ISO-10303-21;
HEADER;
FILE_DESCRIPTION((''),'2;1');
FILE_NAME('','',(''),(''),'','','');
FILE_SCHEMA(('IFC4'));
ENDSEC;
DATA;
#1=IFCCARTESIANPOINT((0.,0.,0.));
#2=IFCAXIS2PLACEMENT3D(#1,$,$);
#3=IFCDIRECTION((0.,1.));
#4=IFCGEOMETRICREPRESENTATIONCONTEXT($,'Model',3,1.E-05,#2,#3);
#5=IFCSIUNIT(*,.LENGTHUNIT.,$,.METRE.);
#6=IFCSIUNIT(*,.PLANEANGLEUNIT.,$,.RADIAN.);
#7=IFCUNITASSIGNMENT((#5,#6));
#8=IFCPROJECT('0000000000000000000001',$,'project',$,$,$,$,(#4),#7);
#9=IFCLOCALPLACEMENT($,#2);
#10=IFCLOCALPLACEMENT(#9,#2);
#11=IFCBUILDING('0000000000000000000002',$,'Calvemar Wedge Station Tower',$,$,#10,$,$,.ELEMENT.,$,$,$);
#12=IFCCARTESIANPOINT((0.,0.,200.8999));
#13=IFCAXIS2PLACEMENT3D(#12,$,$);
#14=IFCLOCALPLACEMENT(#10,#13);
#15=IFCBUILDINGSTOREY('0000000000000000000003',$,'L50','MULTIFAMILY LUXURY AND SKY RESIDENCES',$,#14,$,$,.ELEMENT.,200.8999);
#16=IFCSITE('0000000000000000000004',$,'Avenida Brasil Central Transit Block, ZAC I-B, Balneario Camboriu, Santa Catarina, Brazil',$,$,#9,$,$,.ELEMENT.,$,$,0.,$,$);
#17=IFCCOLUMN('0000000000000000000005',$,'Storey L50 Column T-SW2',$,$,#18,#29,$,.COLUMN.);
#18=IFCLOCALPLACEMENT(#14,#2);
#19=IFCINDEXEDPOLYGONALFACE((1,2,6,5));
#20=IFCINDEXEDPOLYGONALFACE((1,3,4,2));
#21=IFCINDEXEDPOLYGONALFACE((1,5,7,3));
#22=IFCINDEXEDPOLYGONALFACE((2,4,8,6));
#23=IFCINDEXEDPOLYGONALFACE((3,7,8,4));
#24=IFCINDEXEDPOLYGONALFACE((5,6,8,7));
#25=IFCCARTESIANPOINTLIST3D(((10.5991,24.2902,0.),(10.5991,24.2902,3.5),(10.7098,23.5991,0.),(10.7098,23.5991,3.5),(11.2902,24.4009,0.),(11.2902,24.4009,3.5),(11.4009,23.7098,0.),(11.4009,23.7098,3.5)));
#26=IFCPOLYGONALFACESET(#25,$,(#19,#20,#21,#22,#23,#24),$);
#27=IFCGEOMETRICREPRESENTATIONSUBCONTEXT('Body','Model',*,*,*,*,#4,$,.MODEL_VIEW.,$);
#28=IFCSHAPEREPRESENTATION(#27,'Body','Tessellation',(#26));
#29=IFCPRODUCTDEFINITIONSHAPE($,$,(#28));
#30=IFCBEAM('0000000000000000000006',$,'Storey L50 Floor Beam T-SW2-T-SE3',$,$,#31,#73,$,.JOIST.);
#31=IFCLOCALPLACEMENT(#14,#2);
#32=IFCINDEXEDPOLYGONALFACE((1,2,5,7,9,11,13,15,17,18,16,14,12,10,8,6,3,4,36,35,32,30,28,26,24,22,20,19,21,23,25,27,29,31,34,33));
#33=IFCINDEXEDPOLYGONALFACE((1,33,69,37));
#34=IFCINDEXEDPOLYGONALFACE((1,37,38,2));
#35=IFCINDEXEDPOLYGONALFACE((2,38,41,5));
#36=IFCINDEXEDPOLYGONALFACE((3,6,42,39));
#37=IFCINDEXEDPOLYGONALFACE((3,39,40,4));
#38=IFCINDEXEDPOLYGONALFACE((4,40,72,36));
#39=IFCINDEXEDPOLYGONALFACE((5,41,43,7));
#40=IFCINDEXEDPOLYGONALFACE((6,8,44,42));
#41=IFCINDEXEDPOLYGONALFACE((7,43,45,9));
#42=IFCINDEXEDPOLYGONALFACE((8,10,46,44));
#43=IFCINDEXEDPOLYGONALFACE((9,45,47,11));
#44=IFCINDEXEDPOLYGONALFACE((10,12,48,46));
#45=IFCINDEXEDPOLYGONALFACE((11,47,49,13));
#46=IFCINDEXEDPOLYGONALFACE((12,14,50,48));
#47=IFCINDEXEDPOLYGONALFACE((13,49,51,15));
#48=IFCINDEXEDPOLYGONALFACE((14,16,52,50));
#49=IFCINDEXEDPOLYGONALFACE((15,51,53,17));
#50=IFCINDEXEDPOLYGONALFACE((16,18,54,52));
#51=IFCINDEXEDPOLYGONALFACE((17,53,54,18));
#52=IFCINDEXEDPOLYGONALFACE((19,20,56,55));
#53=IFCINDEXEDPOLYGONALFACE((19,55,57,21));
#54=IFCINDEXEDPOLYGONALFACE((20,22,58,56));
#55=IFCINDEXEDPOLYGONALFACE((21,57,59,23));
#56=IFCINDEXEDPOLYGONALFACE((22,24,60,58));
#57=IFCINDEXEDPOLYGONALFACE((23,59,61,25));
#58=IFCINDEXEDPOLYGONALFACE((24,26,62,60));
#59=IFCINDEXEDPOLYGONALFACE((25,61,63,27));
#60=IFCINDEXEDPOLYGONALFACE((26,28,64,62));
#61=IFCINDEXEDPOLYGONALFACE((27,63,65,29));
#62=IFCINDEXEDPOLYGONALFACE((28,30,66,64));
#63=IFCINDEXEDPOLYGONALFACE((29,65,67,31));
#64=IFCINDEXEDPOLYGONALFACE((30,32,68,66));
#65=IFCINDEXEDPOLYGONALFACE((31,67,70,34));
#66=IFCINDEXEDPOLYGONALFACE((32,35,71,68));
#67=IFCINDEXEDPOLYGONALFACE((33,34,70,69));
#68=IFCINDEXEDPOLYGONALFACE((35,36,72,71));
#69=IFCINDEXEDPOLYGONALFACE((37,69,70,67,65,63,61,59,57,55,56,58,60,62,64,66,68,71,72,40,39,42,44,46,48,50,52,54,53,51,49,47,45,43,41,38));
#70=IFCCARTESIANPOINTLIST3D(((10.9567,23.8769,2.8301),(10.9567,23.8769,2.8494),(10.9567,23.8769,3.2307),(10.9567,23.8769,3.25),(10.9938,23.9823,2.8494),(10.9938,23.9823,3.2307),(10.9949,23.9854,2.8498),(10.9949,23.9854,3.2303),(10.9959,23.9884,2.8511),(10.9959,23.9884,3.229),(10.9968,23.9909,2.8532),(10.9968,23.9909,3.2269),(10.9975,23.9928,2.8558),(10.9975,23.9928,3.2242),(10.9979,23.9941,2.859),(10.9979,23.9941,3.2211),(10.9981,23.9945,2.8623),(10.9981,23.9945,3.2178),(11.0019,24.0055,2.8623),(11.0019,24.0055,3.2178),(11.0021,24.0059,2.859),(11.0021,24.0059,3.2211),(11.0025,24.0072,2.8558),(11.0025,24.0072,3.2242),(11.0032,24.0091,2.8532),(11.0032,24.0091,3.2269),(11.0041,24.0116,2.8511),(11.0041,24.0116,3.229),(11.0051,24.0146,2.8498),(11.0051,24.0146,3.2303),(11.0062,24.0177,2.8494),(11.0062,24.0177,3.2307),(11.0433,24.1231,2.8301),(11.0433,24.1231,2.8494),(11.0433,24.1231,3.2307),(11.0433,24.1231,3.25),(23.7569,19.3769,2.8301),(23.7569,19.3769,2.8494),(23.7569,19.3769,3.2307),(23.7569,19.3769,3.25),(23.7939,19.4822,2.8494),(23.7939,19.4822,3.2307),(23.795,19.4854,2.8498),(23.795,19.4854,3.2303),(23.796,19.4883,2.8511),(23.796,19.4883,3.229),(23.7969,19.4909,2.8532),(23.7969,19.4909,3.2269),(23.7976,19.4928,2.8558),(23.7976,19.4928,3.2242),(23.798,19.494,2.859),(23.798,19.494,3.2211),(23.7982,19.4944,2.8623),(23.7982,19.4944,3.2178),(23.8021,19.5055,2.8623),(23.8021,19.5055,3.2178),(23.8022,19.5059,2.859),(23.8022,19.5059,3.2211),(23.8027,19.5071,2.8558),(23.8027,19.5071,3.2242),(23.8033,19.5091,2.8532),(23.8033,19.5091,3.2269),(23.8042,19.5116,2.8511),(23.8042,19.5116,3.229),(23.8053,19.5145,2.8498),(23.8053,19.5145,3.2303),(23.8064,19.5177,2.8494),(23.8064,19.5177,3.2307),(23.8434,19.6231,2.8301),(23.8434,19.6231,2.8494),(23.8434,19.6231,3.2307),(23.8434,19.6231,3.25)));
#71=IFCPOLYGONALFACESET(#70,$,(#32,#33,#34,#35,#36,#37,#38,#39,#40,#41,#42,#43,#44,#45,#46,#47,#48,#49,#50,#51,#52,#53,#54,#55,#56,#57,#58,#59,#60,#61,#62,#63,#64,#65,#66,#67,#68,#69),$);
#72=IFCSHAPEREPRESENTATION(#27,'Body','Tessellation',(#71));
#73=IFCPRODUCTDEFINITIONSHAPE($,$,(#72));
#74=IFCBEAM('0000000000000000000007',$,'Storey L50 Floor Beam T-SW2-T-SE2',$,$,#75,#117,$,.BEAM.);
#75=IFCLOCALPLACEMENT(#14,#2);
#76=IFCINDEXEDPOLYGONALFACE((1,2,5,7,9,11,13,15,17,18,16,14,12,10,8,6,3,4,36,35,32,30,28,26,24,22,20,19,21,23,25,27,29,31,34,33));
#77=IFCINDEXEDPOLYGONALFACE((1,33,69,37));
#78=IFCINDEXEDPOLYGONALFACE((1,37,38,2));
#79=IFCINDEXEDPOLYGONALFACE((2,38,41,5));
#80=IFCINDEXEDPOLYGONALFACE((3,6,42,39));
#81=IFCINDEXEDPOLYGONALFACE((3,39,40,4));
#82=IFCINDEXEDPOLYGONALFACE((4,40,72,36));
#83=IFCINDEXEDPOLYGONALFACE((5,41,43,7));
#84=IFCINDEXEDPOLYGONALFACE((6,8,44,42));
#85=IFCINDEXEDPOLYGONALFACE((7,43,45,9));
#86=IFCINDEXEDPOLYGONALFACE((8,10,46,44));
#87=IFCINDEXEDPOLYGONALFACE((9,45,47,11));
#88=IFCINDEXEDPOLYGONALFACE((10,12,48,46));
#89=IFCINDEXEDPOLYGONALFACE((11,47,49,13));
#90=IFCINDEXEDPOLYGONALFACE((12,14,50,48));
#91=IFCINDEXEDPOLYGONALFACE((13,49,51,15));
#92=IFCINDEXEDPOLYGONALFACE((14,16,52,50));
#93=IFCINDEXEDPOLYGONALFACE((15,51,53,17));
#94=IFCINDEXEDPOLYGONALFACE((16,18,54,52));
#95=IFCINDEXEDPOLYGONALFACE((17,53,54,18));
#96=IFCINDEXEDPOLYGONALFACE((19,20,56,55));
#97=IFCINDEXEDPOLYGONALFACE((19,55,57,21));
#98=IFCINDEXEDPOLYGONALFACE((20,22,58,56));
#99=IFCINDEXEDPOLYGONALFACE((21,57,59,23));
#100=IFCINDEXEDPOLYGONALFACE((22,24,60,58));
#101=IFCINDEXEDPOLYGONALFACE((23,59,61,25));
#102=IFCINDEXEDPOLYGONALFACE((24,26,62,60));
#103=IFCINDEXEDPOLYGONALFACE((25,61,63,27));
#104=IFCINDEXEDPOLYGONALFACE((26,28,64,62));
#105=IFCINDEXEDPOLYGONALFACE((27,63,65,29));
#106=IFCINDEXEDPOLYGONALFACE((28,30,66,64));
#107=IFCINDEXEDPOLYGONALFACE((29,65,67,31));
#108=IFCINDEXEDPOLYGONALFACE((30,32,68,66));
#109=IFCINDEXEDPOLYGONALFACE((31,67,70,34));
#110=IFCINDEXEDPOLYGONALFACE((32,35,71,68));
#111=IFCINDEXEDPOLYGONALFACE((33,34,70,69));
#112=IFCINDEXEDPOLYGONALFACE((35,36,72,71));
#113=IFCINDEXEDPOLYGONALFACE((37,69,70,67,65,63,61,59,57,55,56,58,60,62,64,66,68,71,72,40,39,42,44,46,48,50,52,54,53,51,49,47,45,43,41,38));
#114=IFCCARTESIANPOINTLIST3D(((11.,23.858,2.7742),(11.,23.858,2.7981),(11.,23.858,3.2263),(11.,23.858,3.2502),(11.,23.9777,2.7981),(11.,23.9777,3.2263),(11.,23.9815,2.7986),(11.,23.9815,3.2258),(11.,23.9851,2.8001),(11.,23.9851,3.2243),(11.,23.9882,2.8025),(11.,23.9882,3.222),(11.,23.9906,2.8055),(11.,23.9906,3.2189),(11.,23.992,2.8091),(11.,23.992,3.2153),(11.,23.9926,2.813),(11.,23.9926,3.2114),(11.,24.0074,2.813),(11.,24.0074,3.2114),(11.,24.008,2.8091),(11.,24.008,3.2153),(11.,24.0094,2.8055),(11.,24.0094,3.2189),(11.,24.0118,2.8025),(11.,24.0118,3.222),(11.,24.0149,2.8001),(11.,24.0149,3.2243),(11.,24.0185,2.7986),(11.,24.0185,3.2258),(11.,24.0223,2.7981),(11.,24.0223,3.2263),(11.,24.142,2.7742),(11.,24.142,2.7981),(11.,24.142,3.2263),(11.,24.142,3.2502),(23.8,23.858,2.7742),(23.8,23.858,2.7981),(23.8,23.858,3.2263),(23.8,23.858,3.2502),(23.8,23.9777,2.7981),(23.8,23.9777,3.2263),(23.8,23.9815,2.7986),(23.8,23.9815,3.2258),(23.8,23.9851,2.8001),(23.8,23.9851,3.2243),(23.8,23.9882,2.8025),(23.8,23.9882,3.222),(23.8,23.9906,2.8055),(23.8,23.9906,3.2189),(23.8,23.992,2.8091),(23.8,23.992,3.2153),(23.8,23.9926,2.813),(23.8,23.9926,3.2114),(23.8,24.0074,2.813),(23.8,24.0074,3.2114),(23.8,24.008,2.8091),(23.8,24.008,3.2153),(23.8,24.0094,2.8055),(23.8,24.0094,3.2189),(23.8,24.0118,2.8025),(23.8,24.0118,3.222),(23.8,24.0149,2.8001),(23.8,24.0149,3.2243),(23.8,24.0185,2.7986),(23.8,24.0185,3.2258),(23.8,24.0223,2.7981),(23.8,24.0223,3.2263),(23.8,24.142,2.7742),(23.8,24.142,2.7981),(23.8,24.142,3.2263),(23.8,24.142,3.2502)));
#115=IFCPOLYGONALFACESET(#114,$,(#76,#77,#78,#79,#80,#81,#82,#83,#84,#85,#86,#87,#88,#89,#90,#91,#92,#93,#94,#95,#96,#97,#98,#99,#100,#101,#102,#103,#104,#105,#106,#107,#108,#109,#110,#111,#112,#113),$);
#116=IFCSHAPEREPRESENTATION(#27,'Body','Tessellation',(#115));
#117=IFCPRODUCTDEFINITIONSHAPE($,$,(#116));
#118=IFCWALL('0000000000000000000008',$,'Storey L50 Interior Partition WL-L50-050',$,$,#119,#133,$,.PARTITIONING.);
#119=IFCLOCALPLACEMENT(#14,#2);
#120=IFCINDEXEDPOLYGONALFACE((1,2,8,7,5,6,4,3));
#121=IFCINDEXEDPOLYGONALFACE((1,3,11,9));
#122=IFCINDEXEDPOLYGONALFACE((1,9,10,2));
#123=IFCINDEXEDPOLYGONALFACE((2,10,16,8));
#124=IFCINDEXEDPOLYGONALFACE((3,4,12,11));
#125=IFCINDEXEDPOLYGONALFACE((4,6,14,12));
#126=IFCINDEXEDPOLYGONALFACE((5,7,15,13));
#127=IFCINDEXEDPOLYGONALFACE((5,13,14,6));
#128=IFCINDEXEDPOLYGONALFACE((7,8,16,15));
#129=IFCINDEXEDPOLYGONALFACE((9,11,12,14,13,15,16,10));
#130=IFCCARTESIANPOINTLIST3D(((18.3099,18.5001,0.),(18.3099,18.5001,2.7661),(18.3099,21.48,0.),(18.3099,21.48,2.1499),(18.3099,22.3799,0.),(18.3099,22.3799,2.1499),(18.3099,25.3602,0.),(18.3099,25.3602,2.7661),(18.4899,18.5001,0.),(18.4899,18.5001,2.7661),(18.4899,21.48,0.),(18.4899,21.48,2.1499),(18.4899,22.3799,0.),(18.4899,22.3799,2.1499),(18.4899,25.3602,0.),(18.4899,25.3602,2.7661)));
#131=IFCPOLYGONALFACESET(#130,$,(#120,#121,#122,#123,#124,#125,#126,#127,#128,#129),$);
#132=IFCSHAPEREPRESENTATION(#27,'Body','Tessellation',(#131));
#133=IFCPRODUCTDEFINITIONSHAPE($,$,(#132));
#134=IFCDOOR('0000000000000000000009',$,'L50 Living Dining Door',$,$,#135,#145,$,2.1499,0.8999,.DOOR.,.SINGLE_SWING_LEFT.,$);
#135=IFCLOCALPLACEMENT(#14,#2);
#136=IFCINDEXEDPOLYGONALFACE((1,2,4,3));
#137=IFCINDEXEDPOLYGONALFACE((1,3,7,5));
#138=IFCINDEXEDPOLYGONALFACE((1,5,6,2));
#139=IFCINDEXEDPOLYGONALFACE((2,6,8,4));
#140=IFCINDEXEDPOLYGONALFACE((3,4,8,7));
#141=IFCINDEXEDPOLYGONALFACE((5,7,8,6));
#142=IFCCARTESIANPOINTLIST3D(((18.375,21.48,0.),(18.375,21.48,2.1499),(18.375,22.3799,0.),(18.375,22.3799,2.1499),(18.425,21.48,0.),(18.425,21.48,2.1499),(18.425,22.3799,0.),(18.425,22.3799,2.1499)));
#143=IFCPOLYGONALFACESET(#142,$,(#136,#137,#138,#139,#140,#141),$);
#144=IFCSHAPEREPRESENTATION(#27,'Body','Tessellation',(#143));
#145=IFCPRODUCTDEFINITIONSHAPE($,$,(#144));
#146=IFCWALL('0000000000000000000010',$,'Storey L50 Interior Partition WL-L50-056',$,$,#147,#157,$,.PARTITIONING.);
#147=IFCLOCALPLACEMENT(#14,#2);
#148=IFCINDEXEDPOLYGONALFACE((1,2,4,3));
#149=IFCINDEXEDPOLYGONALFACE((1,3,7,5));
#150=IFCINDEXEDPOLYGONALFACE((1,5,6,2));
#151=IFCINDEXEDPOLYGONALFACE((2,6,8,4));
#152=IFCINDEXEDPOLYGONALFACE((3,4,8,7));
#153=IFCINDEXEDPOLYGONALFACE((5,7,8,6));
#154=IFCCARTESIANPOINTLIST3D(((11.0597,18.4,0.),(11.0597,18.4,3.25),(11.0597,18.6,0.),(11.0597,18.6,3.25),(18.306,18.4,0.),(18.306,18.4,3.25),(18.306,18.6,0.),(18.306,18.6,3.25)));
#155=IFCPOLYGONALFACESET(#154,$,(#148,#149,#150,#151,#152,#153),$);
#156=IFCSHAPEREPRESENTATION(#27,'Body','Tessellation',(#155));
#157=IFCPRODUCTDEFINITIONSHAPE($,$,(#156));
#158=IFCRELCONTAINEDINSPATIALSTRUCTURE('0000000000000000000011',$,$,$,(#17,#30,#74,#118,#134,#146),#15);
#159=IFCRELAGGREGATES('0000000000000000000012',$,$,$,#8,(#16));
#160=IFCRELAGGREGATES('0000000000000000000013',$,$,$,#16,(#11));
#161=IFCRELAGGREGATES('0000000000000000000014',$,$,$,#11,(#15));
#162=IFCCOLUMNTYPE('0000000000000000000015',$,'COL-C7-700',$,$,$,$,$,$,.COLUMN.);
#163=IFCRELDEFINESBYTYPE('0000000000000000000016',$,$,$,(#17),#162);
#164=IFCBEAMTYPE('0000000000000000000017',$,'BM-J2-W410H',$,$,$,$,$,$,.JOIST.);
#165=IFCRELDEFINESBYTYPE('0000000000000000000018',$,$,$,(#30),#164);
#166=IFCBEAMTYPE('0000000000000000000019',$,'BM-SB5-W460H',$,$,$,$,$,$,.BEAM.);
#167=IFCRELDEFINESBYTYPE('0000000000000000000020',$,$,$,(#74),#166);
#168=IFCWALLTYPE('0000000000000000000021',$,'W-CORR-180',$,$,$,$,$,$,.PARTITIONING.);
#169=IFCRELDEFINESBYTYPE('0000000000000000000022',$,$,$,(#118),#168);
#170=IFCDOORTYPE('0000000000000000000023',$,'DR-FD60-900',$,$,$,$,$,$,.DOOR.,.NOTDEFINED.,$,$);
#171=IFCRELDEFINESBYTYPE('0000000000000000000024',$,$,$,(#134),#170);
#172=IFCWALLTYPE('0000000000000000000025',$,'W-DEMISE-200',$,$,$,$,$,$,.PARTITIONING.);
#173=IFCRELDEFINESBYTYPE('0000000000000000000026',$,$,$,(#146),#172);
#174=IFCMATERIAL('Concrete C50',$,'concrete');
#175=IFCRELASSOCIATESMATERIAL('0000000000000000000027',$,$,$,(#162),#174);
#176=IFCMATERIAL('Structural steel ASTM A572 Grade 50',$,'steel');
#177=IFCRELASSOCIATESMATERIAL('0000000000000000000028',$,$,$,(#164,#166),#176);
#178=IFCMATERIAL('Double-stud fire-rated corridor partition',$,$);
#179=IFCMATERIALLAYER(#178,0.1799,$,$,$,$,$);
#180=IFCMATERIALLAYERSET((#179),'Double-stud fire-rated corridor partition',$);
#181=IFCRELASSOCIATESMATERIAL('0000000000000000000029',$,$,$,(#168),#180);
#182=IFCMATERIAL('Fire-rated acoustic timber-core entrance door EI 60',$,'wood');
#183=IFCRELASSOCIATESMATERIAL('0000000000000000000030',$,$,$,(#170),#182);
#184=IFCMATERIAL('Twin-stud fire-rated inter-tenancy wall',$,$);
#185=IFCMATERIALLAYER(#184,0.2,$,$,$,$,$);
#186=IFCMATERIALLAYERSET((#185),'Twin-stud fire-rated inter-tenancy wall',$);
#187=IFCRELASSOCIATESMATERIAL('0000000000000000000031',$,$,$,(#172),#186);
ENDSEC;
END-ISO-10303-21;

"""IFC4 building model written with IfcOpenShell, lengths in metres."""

from ifc_helpers import new_model, si_unit, direction, frame, frame_2d, origin, origin_2d, place, context, subcontext, project, spatial, rectangle, i_section, extrude, source, transform, mapped, material, layer, layer_set, material_profile, profile_set, type_object, element, fill, save


model = new_model("IFC4")

# Units and contexts
model_context = context("Model", 3, precision=1e-05, world=origin(), true_north=direction((0.0, 1.0)))
body_context = subcontext(model_context, "Body", "Model", "MODEL_VIEW")
ifc_project = project(units=[si_unit("LENGTHUNIT", "METRE"), si_unit("PLANEANGLEUNIT", "RADIAN")], contexts=[model_context])

# Site, building, storey
site_placement = place(None, origin())
site = spatial("IfcSite", under=ifc_project, at=site_placement, Name="Avenida Brasil Central Transit Block, ZAC I-B, Balneario Camboriu, Santa Catarina, Brazil", CompositionType="ELEMENT", RefElevation=0.0)
building_placement = place(site_placement, origin())
building = spatial("IfcBuilding", under=site, at=building_placement, Name="Calvemar Wedge Station Tower", CompositionType="ELEMENT")
storey_placement = place(building_placement, frame((0.0, 0.0, 200.8999)))
storey = spatial("IfcBuildingStorey", under=building, at=storey_placement, Name="L50", Description="MULTIFAMILY LUXURY AND SKY RESIDENCES", CompositionType="ELEMENT", Elevation=200.8999)

# Column
ifc_material_1 = material(Name="Concrete C50", Category="concrete")
ifc_material_profile_1 = material_profile(ifc_material_1, rectangle(XDim=0.7, YDim=0.7, at=origin_2d()), Name="RC700x700")
ifc_profile_set_1 = profile_set([ifc_material_profile_1], Name="Concrete C50")
column_type = type_object("IfcColumnType", Name="COL-C7-700", PredefinedType="COLUMN", material=ifc_profile_set_1)
shared_shape_1 = source(origin(), body_context, "Body", "SweptSolid", [
    extrude(rectangle(XDim=0.7, YDim=0.7, at=origin_2d()), origin(), (0.0, 0.0, 1.0), 3.5),
])
column_placement = place(storey_placement, frame((11.0, 24.0, 0.0), z_axis=(0.0, 0.0, 1.0), x_axis=(0.158158, -0.987414, 0.0)))
element("IfcColumn", 1, at=column_placement, inside=storey, type_object=column_type, Name="Storey L50 Column T-SW2", PredefinedType="COLUMN", context=body_context, shape_type="MappedRepresentation", body=[
    mapped(shared_shape_1, transform((0.0, 0.0, 0.0), scale=1.0)),
])

# Beams
ifc_material_2 = material(Name="Structural steel ASTM A572 Grade 50", Category="steel")
ifc_material_profile_2 = material_profile(ifc_material_2, i_section(OverallWidth=0.261, OverallDepth=0.4199, WebThickness=0.0117, FlangeThickness=0.0193, FilletRadius=0.0129, at=origin_2d()), Name="W410x114")
ifc_profile_set_2 = profile_set([ifc_material_profile_2], Name="Structural steel ASTM A572 Grade 50")
beam_type_1 = type_object("IfcBeamType", Name="BM-J2-W410H", PredefinedType="JOIST", material=ifc_profile_set_2)
shared_shape_2 = source(origin(), body_context, "Body", "SweptSolid", [
    extrude(i_section(OverallWidth=0.261, OverallDepth=0.4199, WebThickness=0.0117, FlangeThickness=0.0193, FilletRadius=0.0129, at=origin_2d()), origin(), (0.0, 0.0, 1.0), 13.5681),
])
beam_1_placement = place(storey_placement, frame((11.0, 24.0, 3.04), z_axis=(0.943398, -0.331662, 0.0), x_axis=(0.331662, 0.943398, 0.0)))
element("IfcBeam", 2, at=beam_1_placement, inside=storey, type_object=beam_type_1, Name="Storey L50 Floor Beam T-SW2-T-SE3", PredefinedType="JOIST", context=body_context, shape_type="MappedRepresentation", body=[
    mapped(shared_shape_2, transform((0.0, 0.0, 0.0), scale=1.0)),
])
ifc_material_profile_3 = material_profile(ifc_material_2, i_section(OverallWidth=0.2839, OverallDepth=0.4761, WebThickness=0.0149, FlangeThickness=0.0239, FilletRadius=0.0149, at=origin_2d()), Name="W460x158")
ifc_profile_set_3 = profile_set([ifc_material_profile_3], Name="Structural steel ASTM A572 Grade 50")
beam_type_2 = type_object("IfcBeamType", Name="BM-SB5-W460H", PredefinedType="BEAM", material=ifc_profile_set_3)
shared_shape_3 = source(origin(), body_context, "Body", "SweptSolid", [
    extrude(i_section(OverallWidth=0.2839, OverallDepth=0.4761, WebThickness=0.0149, FlangeThickness=0.0239, FilletRadius=0.0149, at=origin_2d()), origin(), (0.0, 0.0, 1.0), 12.8),
])
beam_2_placement = place(storey_placement, frame((11.0, 24.0, 3.0122), z_axis=(1.0, 0.0, 0.0), x_axis=(0.0, 1.0, 0.0)))
element("IfcBeam", 3, at=beam_2_placement, inside=storey, type_object=beam_type_2, Name="Storey L50 Floor Beam T-SW2-T-SE2", PredefinedType="BEAM", context=body_context, shape_type="MappedRepresentation", body=[
    mapped(shared_shape_3, transform((0.0, 0.0, 0.0), scale=1.0)),
])

# Wall, opening, door
ifc_material_3 = material(Name="Double-stud fire-rated corridor partition")
ifc_layer_1 = layer(ifc_material_3, 0.1799)
ifc_layer_set_1 = layer_set([ifc_layer_1], Name="Double-stud fire-rated corridor partition")
wall_type_1 = type_object("IfcWallType", Name="W-CORR-180", PredefinedType="PARTITIONING", material=ifc_layer_set_1)
wall_1_placement = place(storey_placement, frame((18.3999, 18.5, 0.0), z_axis=(0.0, 0.0, 1.0), x_axis=(0.0, 1.0, 0.0)))
wall_1 = element("IfcWall", 4, at=wall_1_placement, inside=storey, type_object=wall_type_1, Name="Storey L50 Interior Partition WL-L50-050", PredefinedType="PARTITIONING", context=body_context, shape_type="SweptSolid", body=[
    extrude(rectangle(XDim=6.8601, YDim=0.1799, at=frame_2d((3.4302, 0.0))), origin(), (0.0, 0.0, 1.0), 2.7661),
])
shared_shape_4 = source(origin(), body_context, "Body", "SweptSolid", [
    extrude(rectangle(XDim=0.8999, YDim=2.1499, at=frame_2d((0.45, 1.075))), frame((0.0, 0.1001, 0.0), z_axis=(0.0, -1.0, 0.0), x_axis=(1.0, 0.0, 0.0)), (0.0, 0.0, 1.0), 0.2),
])
opening_1_placement = place(wall_1_placement, frame((2.98, 0.0, 0.0)))
opening_1 = element("IfcOpeningElement", 5, at=opening_1_placement, cuts=wall_1, PredefinedType="OPENING", context=body_context, shape_type="MappedRepresentation", body=[
    mapped(shared_shape_4, transform((0.0, 0.0, 0.0), scale=1.0)),
])
ifc_material_4 = material(Name="Fire-rated acoustic timber-core entrance door EI 60", Category="wood")
door_type_1 = type_object("IfcDoorType", Name="DR-FD60-900", OperationType="NOTDEFINED", PredefinedType="DOOR", material=ifc_material_4)
shared_shape_5 = source(origin(), body_context, "Body", "SweptSolid", [
    extrude(rectangle(XDim=0.8999, YDim=2.1499, at=frame_2d((0.45, 1.075))), frame((0.0, 0.0249, 0.0), z_axis=(0.0, -1.0, 0.0), x_axis=(1.0, 0.0, 0.0)), (0.0, 0.0, 1.0), 0.05),
])
door_1_placement = place(opening_1_placement, origin())
door_1 = element("IfcDoor", 6, at=door_1_placement, inside=storey, type_object=door_type_1, Name="L50 Living Dining Door", OperationType="SINGLE_SWING_LEFT", OverallHeight=2.1499, OverallWidth=0.8999, PredefinedType="DOOR", context=body_context, shape_type="MappedRepresentation", body=[
    mapped(shared_shape_5, transform((0.0, 0.0, 0.0), scale=1.0)),
])
fill(opening_1, door_1)

# Wall
ifc_material_5 = material(Name="Twin-stud fire-rated inter-tenancy wall")
ifc_layer_2 = layer(ifc_material_5, 0.2)
ifc_layer_set_2 = layer_set([ifc_layer_2], Name="Twin-stud fire-rated inter-tenancy wall")
wall_type_2 = type_object("IfcWallType", Name="W-DEMISE-200", PredefinedType="PARTITIONING", material=ifc_layer_set_2)
wall_2_placement = place(storey_placement, frame((18.3059, 18.5, 0.0), z_axis=(0.0, 0.0, 1.0), x_axis=(-1.0, 0.0, 0.0)))
element("IfcWall", 7, at=wall_2_placement, inside=storey, type_object=wall_type_2, Name="Storey L50 Interior Partition WL-L50-056", PredefinedType="PARTITIONING", context=body_context, shape_type="SweptSolid", body=[
    extrude(rectangle(XDim=7.2463, YDim=0.2, at=frame_2d((3.623, 0.0))), origin(), (0.0, 0.0, 1.0), 3.25),
])

save(model, "model.ifc")
